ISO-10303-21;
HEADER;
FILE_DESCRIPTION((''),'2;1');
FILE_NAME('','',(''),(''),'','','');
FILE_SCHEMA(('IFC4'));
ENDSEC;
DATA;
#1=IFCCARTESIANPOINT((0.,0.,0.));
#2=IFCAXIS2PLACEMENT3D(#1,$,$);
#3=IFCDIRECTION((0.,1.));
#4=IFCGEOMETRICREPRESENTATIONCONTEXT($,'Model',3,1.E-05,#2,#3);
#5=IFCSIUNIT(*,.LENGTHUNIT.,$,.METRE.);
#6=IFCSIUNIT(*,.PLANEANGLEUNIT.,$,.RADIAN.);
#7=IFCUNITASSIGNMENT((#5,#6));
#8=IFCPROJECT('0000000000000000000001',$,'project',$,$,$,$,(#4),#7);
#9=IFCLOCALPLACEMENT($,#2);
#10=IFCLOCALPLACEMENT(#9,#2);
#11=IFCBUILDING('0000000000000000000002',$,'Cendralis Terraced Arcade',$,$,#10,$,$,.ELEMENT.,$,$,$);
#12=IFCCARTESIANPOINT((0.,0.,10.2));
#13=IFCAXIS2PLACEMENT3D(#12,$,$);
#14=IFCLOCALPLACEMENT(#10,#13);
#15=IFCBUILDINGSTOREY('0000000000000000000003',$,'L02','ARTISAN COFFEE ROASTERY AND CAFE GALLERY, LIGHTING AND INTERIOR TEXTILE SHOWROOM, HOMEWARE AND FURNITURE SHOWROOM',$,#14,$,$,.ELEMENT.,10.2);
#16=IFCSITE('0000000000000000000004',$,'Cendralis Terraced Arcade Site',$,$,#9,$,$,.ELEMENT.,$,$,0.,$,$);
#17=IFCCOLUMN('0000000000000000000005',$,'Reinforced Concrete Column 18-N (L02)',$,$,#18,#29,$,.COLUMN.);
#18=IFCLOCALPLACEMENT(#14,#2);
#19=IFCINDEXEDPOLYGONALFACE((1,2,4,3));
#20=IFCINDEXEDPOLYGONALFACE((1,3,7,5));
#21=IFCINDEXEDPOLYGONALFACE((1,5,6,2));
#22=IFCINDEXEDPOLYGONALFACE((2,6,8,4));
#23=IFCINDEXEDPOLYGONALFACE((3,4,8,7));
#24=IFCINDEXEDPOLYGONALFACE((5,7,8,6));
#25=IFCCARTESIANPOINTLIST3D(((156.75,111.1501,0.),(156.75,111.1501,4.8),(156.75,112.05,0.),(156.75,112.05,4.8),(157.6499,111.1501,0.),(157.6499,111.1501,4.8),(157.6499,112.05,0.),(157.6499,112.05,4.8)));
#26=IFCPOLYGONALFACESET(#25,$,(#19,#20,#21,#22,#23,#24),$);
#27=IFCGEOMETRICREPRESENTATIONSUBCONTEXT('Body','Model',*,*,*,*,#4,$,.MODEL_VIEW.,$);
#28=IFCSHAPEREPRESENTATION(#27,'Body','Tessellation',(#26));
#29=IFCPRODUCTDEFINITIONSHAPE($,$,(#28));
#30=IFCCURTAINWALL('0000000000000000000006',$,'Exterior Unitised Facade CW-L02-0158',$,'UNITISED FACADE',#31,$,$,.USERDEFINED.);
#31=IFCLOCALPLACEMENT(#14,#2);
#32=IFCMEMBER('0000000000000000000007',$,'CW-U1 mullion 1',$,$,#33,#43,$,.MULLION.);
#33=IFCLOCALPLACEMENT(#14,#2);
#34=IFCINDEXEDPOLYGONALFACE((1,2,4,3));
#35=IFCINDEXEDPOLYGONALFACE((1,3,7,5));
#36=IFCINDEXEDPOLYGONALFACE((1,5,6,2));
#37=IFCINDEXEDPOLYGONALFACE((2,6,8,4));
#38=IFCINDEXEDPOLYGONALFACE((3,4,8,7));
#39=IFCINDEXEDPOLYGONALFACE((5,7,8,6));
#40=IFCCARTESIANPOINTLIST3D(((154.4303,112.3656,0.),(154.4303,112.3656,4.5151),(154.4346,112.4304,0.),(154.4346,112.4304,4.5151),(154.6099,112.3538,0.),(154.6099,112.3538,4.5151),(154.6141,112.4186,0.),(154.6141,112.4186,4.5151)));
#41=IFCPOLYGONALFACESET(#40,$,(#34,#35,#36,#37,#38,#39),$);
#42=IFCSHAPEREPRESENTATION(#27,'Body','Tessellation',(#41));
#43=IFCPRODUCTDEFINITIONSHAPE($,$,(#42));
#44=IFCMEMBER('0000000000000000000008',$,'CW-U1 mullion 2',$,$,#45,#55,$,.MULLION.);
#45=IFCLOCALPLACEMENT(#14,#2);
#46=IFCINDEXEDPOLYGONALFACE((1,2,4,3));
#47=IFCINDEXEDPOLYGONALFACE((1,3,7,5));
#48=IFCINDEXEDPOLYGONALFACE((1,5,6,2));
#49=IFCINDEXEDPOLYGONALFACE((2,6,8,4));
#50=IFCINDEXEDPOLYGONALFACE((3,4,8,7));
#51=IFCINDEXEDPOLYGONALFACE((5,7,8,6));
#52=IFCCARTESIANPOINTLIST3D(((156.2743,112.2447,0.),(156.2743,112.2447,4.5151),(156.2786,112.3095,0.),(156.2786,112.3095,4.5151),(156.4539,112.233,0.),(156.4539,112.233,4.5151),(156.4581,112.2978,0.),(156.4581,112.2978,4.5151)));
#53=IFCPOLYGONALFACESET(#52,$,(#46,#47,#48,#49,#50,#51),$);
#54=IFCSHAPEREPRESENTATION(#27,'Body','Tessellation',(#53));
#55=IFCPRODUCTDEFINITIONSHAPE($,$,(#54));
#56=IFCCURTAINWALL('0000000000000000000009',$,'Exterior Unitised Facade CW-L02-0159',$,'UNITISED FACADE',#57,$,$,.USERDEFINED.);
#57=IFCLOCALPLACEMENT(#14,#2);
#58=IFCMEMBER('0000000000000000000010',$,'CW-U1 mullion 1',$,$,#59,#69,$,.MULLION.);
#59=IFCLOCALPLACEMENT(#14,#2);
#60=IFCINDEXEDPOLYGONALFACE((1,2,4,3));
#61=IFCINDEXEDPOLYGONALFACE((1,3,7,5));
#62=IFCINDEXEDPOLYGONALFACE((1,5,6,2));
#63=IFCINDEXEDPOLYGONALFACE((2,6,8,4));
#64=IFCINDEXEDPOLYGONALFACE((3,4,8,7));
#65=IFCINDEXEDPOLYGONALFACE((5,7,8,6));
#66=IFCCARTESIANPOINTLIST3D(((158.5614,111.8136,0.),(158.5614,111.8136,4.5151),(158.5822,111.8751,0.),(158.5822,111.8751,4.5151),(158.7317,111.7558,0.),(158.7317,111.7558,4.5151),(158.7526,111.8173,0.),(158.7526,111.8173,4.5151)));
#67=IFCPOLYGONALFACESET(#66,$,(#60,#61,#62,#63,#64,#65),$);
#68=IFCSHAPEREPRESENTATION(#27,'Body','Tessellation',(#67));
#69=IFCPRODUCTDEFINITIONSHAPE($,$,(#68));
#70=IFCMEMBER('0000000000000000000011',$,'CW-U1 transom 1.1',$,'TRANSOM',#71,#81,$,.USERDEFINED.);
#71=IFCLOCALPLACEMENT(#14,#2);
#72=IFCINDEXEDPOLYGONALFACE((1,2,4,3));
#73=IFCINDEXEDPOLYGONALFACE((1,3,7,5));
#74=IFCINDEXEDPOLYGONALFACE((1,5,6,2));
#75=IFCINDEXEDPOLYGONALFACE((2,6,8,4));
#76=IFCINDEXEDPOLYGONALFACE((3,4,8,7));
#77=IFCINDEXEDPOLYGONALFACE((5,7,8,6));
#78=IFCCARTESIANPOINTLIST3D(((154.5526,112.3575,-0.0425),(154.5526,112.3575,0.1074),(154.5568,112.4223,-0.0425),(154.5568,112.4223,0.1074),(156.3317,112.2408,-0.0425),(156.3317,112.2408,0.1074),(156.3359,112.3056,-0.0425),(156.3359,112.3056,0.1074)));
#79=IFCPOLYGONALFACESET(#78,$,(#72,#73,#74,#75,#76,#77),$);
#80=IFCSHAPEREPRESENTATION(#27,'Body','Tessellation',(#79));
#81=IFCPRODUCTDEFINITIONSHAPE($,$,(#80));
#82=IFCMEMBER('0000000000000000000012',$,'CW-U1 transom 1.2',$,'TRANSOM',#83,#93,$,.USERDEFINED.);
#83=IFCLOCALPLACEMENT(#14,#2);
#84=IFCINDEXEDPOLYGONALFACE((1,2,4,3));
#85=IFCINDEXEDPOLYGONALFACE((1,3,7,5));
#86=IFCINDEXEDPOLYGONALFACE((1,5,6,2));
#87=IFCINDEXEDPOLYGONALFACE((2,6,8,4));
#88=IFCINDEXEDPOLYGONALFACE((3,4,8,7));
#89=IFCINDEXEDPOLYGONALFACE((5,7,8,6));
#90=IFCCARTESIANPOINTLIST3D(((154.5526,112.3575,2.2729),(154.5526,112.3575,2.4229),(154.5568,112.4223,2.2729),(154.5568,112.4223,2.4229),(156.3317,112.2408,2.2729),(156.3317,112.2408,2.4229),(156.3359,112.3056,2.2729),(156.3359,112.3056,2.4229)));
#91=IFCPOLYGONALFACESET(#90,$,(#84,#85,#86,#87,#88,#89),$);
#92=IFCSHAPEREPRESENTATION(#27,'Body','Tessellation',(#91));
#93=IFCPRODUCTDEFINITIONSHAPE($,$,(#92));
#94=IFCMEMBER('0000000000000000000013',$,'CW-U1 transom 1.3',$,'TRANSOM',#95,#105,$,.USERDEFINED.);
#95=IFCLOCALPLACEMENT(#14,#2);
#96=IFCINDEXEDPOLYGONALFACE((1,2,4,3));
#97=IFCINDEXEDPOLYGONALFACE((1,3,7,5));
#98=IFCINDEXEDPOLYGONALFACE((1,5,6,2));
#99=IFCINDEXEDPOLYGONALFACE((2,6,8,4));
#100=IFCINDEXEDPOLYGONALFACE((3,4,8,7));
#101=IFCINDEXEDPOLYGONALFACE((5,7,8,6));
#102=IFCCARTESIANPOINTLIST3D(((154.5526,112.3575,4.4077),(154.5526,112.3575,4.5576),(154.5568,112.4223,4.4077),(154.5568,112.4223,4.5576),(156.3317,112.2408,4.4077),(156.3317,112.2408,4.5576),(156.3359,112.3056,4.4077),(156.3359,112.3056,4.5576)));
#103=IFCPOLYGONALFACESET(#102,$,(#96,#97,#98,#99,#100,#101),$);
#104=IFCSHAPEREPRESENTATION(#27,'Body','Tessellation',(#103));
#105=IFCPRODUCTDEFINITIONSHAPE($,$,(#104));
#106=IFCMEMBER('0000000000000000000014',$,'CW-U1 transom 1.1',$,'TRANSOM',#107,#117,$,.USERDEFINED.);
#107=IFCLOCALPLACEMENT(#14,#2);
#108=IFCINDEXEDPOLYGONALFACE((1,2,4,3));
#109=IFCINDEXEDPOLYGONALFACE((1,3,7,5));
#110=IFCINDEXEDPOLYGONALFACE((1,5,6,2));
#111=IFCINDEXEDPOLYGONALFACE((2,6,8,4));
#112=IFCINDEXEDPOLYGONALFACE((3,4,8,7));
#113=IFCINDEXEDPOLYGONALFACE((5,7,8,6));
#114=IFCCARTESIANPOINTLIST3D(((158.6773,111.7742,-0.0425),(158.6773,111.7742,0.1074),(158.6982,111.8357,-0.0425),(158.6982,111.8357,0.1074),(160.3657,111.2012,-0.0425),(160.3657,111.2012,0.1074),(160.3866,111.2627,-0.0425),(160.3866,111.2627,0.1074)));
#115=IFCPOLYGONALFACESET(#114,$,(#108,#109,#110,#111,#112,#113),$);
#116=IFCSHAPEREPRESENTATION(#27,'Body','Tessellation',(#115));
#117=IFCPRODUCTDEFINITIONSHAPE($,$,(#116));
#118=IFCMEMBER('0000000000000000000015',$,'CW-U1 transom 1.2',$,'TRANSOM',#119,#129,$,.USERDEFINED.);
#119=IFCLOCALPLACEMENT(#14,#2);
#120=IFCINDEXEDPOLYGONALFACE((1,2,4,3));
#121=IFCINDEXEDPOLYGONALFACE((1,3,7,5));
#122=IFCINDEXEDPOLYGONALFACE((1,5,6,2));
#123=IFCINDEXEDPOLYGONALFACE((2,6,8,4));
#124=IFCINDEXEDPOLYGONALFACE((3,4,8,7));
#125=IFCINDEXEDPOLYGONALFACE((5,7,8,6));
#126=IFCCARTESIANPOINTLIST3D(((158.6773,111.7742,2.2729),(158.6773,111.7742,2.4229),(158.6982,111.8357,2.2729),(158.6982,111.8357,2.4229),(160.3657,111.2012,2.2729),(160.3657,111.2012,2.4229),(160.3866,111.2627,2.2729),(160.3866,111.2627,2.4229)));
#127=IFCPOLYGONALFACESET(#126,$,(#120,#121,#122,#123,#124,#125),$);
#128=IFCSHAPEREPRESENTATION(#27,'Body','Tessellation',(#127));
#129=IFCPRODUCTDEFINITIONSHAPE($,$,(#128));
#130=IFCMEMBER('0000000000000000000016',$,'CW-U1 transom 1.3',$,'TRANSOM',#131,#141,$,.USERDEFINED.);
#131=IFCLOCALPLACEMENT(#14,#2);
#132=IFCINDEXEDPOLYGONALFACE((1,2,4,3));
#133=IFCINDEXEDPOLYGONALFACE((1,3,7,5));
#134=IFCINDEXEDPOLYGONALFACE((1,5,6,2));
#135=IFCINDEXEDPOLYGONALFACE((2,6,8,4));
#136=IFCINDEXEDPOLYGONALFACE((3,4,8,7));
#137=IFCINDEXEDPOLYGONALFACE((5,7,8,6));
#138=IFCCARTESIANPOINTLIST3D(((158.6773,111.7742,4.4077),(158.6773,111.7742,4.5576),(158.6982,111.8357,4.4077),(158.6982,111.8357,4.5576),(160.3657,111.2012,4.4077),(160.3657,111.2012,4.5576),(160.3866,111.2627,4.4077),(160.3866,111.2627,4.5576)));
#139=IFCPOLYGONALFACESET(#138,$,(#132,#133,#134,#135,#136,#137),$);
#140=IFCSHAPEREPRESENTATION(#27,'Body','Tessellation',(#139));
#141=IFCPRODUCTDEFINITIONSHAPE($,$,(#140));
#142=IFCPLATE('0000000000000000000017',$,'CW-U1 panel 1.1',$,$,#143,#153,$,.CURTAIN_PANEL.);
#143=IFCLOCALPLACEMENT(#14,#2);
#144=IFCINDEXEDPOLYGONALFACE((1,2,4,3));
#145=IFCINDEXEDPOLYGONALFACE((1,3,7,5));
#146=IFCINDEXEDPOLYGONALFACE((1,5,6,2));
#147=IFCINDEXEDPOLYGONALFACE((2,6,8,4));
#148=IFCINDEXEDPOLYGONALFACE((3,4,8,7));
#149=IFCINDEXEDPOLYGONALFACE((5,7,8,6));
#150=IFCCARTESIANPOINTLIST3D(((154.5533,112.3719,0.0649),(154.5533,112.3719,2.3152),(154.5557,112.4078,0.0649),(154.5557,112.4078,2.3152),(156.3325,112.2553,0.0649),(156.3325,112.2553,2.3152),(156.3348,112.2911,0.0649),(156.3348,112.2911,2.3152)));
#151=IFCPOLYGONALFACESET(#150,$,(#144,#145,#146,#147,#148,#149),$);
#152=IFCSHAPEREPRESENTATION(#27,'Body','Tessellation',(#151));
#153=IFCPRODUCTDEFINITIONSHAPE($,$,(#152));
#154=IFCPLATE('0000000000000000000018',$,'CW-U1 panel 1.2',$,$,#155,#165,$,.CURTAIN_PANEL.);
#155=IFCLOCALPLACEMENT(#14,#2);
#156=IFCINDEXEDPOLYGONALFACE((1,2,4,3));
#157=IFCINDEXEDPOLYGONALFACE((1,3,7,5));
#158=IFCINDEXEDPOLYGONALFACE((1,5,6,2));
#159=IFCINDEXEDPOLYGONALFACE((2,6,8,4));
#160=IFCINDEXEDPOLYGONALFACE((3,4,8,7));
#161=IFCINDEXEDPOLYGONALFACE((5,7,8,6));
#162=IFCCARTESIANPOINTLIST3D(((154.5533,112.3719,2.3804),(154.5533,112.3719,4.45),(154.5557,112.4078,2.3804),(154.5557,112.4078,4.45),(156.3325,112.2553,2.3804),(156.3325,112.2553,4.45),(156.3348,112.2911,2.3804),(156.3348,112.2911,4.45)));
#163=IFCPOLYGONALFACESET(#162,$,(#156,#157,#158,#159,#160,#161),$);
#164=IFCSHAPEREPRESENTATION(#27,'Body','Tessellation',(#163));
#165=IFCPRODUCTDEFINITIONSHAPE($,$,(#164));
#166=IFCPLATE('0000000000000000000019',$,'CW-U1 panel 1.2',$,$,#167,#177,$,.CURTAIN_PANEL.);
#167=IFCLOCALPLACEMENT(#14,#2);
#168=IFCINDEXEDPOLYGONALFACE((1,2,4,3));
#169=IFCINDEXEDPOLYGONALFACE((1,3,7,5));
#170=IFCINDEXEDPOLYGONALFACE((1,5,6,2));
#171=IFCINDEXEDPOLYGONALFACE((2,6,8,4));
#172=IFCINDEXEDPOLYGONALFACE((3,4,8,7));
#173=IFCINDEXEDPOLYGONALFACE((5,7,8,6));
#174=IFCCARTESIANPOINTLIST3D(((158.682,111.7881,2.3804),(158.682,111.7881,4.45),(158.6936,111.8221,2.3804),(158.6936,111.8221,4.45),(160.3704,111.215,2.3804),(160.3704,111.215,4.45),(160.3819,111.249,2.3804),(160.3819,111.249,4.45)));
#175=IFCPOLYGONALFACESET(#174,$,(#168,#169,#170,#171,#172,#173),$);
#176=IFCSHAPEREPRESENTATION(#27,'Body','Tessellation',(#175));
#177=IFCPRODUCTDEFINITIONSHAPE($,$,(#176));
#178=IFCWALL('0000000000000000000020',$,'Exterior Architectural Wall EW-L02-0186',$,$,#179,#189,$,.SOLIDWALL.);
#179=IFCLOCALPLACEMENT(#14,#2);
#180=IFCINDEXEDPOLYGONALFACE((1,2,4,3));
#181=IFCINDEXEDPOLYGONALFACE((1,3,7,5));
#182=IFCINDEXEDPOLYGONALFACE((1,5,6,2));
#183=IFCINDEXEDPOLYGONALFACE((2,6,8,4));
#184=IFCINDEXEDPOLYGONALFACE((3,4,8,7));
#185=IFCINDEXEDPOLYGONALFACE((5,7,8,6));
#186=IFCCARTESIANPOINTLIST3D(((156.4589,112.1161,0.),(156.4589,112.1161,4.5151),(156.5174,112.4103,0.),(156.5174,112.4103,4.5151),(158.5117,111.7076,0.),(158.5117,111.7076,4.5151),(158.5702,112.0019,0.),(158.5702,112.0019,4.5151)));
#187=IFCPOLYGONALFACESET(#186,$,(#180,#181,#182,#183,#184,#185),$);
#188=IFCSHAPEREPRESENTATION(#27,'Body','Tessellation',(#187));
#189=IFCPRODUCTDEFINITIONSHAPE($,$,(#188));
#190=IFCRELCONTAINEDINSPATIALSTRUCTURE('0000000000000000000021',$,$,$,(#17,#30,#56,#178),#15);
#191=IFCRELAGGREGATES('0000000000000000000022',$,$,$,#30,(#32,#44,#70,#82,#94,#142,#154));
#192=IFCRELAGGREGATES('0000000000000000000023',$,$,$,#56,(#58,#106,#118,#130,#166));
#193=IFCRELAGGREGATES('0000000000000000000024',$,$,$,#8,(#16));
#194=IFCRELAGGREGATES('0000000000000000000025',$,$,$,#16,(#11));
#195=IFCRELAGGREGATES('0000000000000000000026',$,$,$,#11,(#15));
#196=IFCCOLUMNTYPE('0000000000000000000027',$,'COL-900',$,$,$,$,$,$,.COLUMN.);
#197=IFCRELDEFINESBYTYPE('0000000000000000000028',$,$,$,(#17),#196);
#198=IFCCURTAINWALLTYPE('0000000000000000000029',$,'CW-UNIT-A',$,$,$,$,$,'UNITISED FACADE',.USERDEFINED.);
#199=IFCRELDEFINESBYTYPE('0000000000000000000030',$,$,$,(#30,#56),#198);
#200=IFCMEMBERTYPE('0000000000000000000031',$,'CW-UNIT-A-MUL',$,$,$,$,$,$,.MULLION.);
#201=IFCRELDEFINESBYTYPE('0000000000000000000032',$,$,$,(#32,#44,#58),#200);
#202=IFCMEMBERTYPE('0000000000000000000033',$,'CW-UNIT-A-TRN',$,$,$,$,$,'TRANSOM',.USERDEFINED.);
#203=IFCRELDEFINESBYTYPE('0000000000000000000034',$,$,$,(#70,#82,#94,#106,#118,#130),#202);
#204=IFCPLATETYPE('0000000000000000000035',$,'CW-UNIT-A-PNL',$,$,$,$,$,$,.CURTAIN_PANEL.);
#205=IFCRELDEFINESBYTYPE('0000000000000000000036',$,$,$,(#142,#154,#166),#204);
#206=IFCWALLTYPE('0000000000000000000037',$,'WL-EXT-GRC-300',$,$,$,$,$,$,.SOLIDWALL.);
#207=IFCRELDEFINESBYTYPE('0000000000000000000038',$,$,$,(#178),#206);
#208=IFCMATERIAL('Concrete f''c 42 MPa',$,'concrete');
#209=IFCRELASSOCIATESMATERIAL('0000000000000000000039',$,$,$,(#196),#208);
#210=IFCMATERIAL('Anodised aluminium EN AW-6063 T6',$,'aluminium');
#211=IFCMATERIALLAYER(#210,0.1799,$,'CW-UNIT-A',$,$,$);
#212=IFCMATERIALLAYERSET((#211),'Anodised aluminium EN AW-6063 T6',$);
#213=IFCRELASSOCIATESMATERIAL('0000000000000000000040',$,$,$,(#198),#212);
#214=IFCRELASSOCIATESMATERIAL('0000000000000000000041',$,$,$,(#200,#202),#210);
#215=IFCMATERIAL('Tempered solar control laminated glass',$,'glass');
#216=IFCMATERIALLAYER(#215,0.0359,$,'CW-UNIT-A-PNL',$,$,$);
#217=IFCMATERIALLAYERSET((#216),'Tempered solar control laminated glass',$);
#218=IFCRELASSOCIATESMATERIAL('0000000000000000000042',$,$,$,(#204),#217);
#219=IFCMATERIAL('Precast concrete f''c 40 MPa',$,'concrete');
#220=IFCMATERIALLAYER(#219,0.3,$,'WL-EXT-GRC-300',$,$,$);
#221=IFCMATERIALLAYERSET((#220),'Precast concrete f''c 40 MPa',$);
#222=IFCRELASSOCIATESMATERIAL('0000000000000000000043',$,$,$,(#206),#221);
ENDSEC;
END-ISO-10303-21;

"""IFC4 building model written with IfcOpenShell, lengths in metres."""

from ifc_helpers import new_model, si_unit, direction, frame, frame_2d, origin, origin_2d, place, context, subcontext, project, spatial, rectangle, extrude, material, layer, layer_set, material_profile, profile_set, type_object, element, aggregate, save


model = new_model("IFC4")

# Units and contexts
model_context = context("Model", 3, precision=1e-05, world=origin(), true_north=direction((0.0, 1.0)))
body_context = subcontext(model_context, "Body", "Model", "MODEL_VIEW")
ifc_project = project(units=[si_unit("LENGTHUNIT", "METRE"), si_unit("PLANEANGLEUNIT", "RADIAN")], contexts=[model_context])

# Site, building, storey
site_placement = place(None, origin())
site = spatial("IfcSite", under=ifc_project, at=site_placement, Name="Cendralis Terraced Arcade Site", CompositionType="ELEMENT", RefElevation=0.0)
building_placement = place(site_placement, origin())
building = spatial("IfcBuilding", under=site, at=building_placement, Name="Cendralis Terraced Arcade", CompositionType="ELEMENT")
storey_placement = place(building_placement, frame((0.0, 0.0, 10.2)))
storey = spatial("IfcBuildingStorey", under=building, at=storey_placement, Name="L02", Description="ARTISAN COFFEE ROASTERY AND CAFE GALLERY, LIGHTING AND INTERIOR TEXTILE SHOWROOM, HOMEWARE AND FURNITURE SHOWROOM", CompositionType="ELEMENT", Elevation=10.2)

# Column
ifc_material_1 = material(Name="Concrete f'c 42 MPa", Category="concrete")
ifc_material_profile_1 = material_profile(ifc_material_1, rectangle(XDim=0.8999, YDim=0.8999, at=origin_2d()), Name="RC-COL-900x900", Category="LoadBearing")
ifc_profile_set_1 = profile_set([ifc_material_profile_1], Name="Concrete f'c 42 MPa")
column_type = type_object("IfcColumnType", Name="COL-900", PredefinedType="COLUMN", material=ifc_profile_set_1)
column_placement = place(storey_placement, frame((157.2, 111.6001, 0.0), z_axis=(0.0, 0.0, 1.0), x_axis=(1.0, 0.0, 0.0)))
element("IfcColumn", 1, at=column_placement, inside=storey, type_object=column_type, Name="Reinforced Concrete Column 18-N (L02)", PredefinedType="COLUMN", context=body_context, shape_type="SweptSolid", body=[
    extrude(rectangle(XDim=0.8999, YDim=0.8999, at=origin_2d()), origin(), (0.0, 0.0, 1.0), 4.8),
])

# Curtain wall, members
ifc_material_2 = material(Name="Anodised aluminium EN AW-6063 T6", Category="aluminium")
ifc_layer_1 = layer(ifc_material_2, 0.1799, Name="CW-UNIT-A")
ifc_layer_set_1 = layer_set([ifc_layer_1], Name="Anodised aluminium EN AW-6063 T6")
curtain_wall_type = type_object("IfcCurtainWallType", Name="CW-UNIT-A", ElementType="UNITISED FACADE", PredefinedType="USERDEFINED", material=ifc_layer_set_1)
curtain_wall_1_placement = place(storey_placement, origin())
curtain_wall_1 = element("IfcCurtainWall", 2, at=curtain_wall_1_placement, inside=storey, type_object=curtain_wall_type, Name="Exterior Unitised Facade CW-L02-0158", ObjectType="UNITISED FACADE", PredefinedType="USERDEFINED")
ifc_material_profile_2 = material_profile(ifc_material_2, rectangle(XDim=0.0649, YDim=0.1799, at=origin_2d()), Name="ALU-MUL-65x180")
ifc_profile_set_2 = profile_set([ifc_material_profile_2], Name="Anodised aluminium EN AW-6063 T6")
member_type_1 = type_object("IfcMemberType", Name="CW-UNIT-A-MUL", PredefinedType="MULLION", material=ifc_profile_set_2)
member_1_placement = place(storey_placement, frame((154.5222, 112.3921, 0.0), z_axis=(0.0, 0.0, 1.0), x_axis=(0.065398, 0.997859, 0.0)))
member_1 = element("IfcMember", 3, at=member_1_placement, type_object=member_type_1, Name="CW-U1 mullion 1", PredefinedType="MULLION", context=body_context, shape_type="SweptSolid", body=[
    extrude(rectangle(XDim=0.0649, YDim=0.1799, at=origin_2d()), origin(), (0.0, 0.0, 1.0), 4.5151),
])
member_2_placement = place(storey_placement, frame((156.3662, 112.2712, 0.0), z_axis=(0.0, 0.0, 1.0), x_axis=(0.065398, 0.997859, 0.0)))
member_2 = element("IfcMember", 4, at=member_2_placement, type_object=member_type_1, Name="CW-U1 mullion 2", PredefinedType="MULLION", context=body_context, shape_type="SweptSolid", body=[
    extrude(rectangle(XDim=0.0649, YDim=0.1799, at=origin_2d()), origin(), (0.0, 0.0, 1.0), 4.5151),
])

# Curtain wall, member
curtain_wall_2_placement = place(storey_placement, origin())
curtain_wall_2 = element("IfcCurtainWall", 5, at=curtain_wall_2_placement, inside=storey, type_object=curtain_wall_type, Name="Exterior Unitised Facade CW-L02-0159", ObjectType="UNITISED FACADE", PredefinedType="USERDEFINED")
member_3_placement = place(storey_placement, frame((158.657, 111.8154, 0.0), z_axis=(0.0, 0.0, 1.0), x_axis=(0.321445, 0.946928, 0.0)))
member_3 = element("IfcMember", 6, at=member_3_placement, type_object=member_type_1, Name="CW-U1 mullion 1", PredefinedType="MULLION", context=body_context, shape_type="SweptSolid", body=[
    extrude(rectangle(XDim=0.0649, YDim=0.1799, at=origin_2d()), origin(), (0.0, 0.0, 1.0), 4.5151),
])

# Members
ifc_material_profile_3 = material_profile(ifc_material_2, rectangle(XDim=0.0649, YDim=0.1499, at=origin_2d()), Name="ALU-TRN-65x150")
ifc_profile_set_3 = profile_set([ifc_material_profile_3], Name="Anodised aluminium EN AW-6063 T6")
member_type_2 = type_object("IfcMemberType", Name="CW-UNIT-A-TRN", ElementType="TRANSOM", PredefinedType="USERDEFINED", material=ifc_profile_set_3)
member_4_placement = place(storey_placement, frame((154.5547, 112.3899, 0.0325), z_axis=(0.997855, -0.065456, 0.0), x_axis=(0.065456, 0.997855, 0.0)))
member_4 = element("IfcMember", 7, at=member_4_placement, type_object=member_type_2, Name="CW-U1 transom 1.1", ObjectType="TRANSOM", PredefinedType="USERDEFINED", context=body_context, shape_type="SweptSolid", body=[
    extrude(rectangle(XDim=0.0649, YDim=0.1499, at=origin_2d()), origin(), (0.0, 0.0, 1.0), 1.783),
])
member_5_placement = place(storey_placement, frame((154.5547, 112.3899, 2.3479), z_axis=(0.997855, -0.065456, 0.0), x_axis=(0.065456, 0.997855, 0.0)))
member_5 = element("IfcMember", 8, at=member_5_placement, type_object=member_type_2, Name="CW-U1 transom 1.2", ObjectType="TRANSOM", PredefinedType="USERDEFINED", context=body_context, shape_type="SweptSolid", body=[
    extrude(rectangle(XDim=0.0649, YDim=0.1499, at=origin_2d()), origin(), (0.0, 0.0, 1.0), 1.783),
])
member_6_placement = place(storey_placement, frame((154.5547, 112.3899, 4.4827), z_axis=(0.997855, -0.065456, 0.0), x_axis=(0.065456, 0.997855, 0.0)))
member_6 = element("IfcMember", 9, at=member_6_placement, type_object=member_type_2, Name="CW-U1 transom 1.3", ObjectType="TRANSOM", PredefinedType="USERDEFINED", context=body_context, shape_type="SweptSolid", body=[
    extrude(rectangle(XDim=0.0649, YDim=0.1499, at=origin_2d()), origin(), (0.0, 0.0, 1.0), 1.783),
])
member_7_placement = place(storey_placement, frame((158.6877, 111.8049, 0.0325), z_axis=(0.946958, -0.321358, 0.0), x_axis=(0.321358, 0.946958, 0.0)))
member_7 = element("IfcMember", 10, at=member_7_placement, type_object=member_type_2, Name="CW-U1 transom 1.1", ObjectType="TRANSOM", PredefinedType="USERDEFINED", context=body_context, shape_type="SweptSolid", body=[
    extrude(rectangle(XDim=0.0649, YDim=0.1499, at=origin_2d()), origin(), (0.0, 0.0, 1.0), 1.783),
])
member_8_placement = place(storey_placement, frame((158.6877, 111.8049, 2.3479), z_axis=(0.946958, -0.321358, 0.0), x_axis=(0.321358, 0.946958, 0.0)))
member_8 = element("IfcMember", 11, at=member_8_placement, type_object=member_type_2, Name="CW-U1 transom 1.2", ObjectType="TRANSOM", PredefinedType="USERDEFINED", context=body_context, shape_type="SweptSolid", body=[
    extrude(rectangle(XDim=0.0649, YDim=0.1499, at=origin_2d()), origin(), (0.0, 0.0, 1.0), 1.783),
])
member_9_placement = place(storey_placement, frame((158.6877, 111.8049, 4.4827), z_axis=(0.946958, -0.321358, 0.0), x_axis=(0.321358, 0.946958, 0.0)))
member_9 = element("IfcMember", 12, at=member_9_placement, type_object=member_type_2, Name="CW-U1 transom 1.3", ObjectType="TRANSOM", PredefinedType="USERDEFINED", context=body_context, shape_type="SweptSolid", body=[
    extrude(rectangle(XDim=0.0649, YDim=0.1499, at=origin_2d()), origin(), (0.0, 0.0, 1.0), 1.783),
])

# Plates
ifc_material_3 = material(Name="Tempered solar control laminated glass", Category="glass")
ifc_layer_2 = layer(ifc_material_3, 0.0359, Name="CW-UNIT-A-PNL")
ifc_layer_set_2 = layer_set([ifc_layer_2], Name="Tempered solar control laminated glass")
plate_type = type_object("IfcPlateType", Name="CW-UNIT-A-PNL", PredefinedType="CURTAIN_PANEL", material=ifc_layer_set_2)
plate_1_placement = place(storey_placement, frame((155.4441, 112.3315, 0.0649), z_axis=(0.0, 0.0, 1.0), x_axis=(0.997859, -0.065398, 0.0)))
plate_1 = element("IfcPlate", 13, at=plate_1_placement, type_object=plate_type, Name="CW-U1 panel 1.1", PredefinedType="CURTAIN_PANEL", context=body_context, shape_type="SweptSolid", body=[
    extrude(rectangle(XDim=1.783, YDim=0.0359, at=origin_2d()), origin(), (0.0, 0.0, 1.0), 2.2502),
])
plate_2_placement = place(storey_placement, frame((155.4441, 112.3315, 2.3804), z_axis=(0.0, 0.0, 1.0), x_axis=(0.997859, -0.065398, 0.0)))
plate_2 = element("IfcPlate", 14, at=plate_2_placement, type_object=plate_type, Name="CW-U1 panel 1.2", PredefinedType="CURTAIN_PANEL", context=body_context, shape_type="SweptSolid", body=[
    extrude(rectangle(XDim=1.783, YDim=0.0359, at=origin_2d()), origin(), (0.0, 0.0, 1.0), 2.0696),
])
aggregate(curtain_wall_1, [member_1, member_2, member_4, member_5, member_6, plate_1, plate_2])
plate_3_placement = place(storey_placement, frame((159.532, 111.5186, 2.3804), z_axis=(0.0, 0.0, 1.0), x_axis=(0.946928, -0.321445, 0.0)))
plate_3 = element("IfcPlate", 15, at=plate_3_placement, type_object=plate_type, Name="CW-U1 panel 1.2", PredefinedType="CURTAIN_PANEL", context=body_context, shape_type="SweptSolid", body=[
    extrude(rectangle(XDim=1.783, YDim=0.0359, at=origin_2d()), origin(), (0.0, 0.0, 1.0), 2.0696),
])
aggregate(curtain_wall_2, [member_3, member_7, member_8, member_9, plate_3])

# Wall
ifc_material_4 = material(Name="Precast concrete f'c 40 MPa", Category="concrete")
ifc_layer_3 = layer(ifc_material_4, 0.3, Name="WL-EXT-GRC-300")
ifc_layer_set_3 = layer_set([ifc_layer_3], Name="Precast concrete f'c 40 MPa")
wall_type_1 = type_object("IfcWallType", Name="WL-EXT-GRC-300", PredefinedType="SOLIDWALL", material=ifc_layer_set_3)
wall_1_placement = place(storey_placement, frame((156.4883, 112.2632, 0.0), z_axis=(0.0, 0.0, 1.0), x_axis=(0.980773, -0.195151, 0.0)))
element("IfcWall", 16, at=wall_1_placement, inside=storey, type_object=wall_type_1, Name="Exterior Architectural Wall EW-L02-0186", PredefinedType="SOLIDWALL", context=body_context, shape_type="SweptSolid", body=[
    extrude(rectangle(XDim=2.093, YDim=0.3, at=frame_2d((1.0464, 0.0))), origin(), (0.0, 0.0, 1.0), 4.5151),
])

save(model, "model.ifc")
